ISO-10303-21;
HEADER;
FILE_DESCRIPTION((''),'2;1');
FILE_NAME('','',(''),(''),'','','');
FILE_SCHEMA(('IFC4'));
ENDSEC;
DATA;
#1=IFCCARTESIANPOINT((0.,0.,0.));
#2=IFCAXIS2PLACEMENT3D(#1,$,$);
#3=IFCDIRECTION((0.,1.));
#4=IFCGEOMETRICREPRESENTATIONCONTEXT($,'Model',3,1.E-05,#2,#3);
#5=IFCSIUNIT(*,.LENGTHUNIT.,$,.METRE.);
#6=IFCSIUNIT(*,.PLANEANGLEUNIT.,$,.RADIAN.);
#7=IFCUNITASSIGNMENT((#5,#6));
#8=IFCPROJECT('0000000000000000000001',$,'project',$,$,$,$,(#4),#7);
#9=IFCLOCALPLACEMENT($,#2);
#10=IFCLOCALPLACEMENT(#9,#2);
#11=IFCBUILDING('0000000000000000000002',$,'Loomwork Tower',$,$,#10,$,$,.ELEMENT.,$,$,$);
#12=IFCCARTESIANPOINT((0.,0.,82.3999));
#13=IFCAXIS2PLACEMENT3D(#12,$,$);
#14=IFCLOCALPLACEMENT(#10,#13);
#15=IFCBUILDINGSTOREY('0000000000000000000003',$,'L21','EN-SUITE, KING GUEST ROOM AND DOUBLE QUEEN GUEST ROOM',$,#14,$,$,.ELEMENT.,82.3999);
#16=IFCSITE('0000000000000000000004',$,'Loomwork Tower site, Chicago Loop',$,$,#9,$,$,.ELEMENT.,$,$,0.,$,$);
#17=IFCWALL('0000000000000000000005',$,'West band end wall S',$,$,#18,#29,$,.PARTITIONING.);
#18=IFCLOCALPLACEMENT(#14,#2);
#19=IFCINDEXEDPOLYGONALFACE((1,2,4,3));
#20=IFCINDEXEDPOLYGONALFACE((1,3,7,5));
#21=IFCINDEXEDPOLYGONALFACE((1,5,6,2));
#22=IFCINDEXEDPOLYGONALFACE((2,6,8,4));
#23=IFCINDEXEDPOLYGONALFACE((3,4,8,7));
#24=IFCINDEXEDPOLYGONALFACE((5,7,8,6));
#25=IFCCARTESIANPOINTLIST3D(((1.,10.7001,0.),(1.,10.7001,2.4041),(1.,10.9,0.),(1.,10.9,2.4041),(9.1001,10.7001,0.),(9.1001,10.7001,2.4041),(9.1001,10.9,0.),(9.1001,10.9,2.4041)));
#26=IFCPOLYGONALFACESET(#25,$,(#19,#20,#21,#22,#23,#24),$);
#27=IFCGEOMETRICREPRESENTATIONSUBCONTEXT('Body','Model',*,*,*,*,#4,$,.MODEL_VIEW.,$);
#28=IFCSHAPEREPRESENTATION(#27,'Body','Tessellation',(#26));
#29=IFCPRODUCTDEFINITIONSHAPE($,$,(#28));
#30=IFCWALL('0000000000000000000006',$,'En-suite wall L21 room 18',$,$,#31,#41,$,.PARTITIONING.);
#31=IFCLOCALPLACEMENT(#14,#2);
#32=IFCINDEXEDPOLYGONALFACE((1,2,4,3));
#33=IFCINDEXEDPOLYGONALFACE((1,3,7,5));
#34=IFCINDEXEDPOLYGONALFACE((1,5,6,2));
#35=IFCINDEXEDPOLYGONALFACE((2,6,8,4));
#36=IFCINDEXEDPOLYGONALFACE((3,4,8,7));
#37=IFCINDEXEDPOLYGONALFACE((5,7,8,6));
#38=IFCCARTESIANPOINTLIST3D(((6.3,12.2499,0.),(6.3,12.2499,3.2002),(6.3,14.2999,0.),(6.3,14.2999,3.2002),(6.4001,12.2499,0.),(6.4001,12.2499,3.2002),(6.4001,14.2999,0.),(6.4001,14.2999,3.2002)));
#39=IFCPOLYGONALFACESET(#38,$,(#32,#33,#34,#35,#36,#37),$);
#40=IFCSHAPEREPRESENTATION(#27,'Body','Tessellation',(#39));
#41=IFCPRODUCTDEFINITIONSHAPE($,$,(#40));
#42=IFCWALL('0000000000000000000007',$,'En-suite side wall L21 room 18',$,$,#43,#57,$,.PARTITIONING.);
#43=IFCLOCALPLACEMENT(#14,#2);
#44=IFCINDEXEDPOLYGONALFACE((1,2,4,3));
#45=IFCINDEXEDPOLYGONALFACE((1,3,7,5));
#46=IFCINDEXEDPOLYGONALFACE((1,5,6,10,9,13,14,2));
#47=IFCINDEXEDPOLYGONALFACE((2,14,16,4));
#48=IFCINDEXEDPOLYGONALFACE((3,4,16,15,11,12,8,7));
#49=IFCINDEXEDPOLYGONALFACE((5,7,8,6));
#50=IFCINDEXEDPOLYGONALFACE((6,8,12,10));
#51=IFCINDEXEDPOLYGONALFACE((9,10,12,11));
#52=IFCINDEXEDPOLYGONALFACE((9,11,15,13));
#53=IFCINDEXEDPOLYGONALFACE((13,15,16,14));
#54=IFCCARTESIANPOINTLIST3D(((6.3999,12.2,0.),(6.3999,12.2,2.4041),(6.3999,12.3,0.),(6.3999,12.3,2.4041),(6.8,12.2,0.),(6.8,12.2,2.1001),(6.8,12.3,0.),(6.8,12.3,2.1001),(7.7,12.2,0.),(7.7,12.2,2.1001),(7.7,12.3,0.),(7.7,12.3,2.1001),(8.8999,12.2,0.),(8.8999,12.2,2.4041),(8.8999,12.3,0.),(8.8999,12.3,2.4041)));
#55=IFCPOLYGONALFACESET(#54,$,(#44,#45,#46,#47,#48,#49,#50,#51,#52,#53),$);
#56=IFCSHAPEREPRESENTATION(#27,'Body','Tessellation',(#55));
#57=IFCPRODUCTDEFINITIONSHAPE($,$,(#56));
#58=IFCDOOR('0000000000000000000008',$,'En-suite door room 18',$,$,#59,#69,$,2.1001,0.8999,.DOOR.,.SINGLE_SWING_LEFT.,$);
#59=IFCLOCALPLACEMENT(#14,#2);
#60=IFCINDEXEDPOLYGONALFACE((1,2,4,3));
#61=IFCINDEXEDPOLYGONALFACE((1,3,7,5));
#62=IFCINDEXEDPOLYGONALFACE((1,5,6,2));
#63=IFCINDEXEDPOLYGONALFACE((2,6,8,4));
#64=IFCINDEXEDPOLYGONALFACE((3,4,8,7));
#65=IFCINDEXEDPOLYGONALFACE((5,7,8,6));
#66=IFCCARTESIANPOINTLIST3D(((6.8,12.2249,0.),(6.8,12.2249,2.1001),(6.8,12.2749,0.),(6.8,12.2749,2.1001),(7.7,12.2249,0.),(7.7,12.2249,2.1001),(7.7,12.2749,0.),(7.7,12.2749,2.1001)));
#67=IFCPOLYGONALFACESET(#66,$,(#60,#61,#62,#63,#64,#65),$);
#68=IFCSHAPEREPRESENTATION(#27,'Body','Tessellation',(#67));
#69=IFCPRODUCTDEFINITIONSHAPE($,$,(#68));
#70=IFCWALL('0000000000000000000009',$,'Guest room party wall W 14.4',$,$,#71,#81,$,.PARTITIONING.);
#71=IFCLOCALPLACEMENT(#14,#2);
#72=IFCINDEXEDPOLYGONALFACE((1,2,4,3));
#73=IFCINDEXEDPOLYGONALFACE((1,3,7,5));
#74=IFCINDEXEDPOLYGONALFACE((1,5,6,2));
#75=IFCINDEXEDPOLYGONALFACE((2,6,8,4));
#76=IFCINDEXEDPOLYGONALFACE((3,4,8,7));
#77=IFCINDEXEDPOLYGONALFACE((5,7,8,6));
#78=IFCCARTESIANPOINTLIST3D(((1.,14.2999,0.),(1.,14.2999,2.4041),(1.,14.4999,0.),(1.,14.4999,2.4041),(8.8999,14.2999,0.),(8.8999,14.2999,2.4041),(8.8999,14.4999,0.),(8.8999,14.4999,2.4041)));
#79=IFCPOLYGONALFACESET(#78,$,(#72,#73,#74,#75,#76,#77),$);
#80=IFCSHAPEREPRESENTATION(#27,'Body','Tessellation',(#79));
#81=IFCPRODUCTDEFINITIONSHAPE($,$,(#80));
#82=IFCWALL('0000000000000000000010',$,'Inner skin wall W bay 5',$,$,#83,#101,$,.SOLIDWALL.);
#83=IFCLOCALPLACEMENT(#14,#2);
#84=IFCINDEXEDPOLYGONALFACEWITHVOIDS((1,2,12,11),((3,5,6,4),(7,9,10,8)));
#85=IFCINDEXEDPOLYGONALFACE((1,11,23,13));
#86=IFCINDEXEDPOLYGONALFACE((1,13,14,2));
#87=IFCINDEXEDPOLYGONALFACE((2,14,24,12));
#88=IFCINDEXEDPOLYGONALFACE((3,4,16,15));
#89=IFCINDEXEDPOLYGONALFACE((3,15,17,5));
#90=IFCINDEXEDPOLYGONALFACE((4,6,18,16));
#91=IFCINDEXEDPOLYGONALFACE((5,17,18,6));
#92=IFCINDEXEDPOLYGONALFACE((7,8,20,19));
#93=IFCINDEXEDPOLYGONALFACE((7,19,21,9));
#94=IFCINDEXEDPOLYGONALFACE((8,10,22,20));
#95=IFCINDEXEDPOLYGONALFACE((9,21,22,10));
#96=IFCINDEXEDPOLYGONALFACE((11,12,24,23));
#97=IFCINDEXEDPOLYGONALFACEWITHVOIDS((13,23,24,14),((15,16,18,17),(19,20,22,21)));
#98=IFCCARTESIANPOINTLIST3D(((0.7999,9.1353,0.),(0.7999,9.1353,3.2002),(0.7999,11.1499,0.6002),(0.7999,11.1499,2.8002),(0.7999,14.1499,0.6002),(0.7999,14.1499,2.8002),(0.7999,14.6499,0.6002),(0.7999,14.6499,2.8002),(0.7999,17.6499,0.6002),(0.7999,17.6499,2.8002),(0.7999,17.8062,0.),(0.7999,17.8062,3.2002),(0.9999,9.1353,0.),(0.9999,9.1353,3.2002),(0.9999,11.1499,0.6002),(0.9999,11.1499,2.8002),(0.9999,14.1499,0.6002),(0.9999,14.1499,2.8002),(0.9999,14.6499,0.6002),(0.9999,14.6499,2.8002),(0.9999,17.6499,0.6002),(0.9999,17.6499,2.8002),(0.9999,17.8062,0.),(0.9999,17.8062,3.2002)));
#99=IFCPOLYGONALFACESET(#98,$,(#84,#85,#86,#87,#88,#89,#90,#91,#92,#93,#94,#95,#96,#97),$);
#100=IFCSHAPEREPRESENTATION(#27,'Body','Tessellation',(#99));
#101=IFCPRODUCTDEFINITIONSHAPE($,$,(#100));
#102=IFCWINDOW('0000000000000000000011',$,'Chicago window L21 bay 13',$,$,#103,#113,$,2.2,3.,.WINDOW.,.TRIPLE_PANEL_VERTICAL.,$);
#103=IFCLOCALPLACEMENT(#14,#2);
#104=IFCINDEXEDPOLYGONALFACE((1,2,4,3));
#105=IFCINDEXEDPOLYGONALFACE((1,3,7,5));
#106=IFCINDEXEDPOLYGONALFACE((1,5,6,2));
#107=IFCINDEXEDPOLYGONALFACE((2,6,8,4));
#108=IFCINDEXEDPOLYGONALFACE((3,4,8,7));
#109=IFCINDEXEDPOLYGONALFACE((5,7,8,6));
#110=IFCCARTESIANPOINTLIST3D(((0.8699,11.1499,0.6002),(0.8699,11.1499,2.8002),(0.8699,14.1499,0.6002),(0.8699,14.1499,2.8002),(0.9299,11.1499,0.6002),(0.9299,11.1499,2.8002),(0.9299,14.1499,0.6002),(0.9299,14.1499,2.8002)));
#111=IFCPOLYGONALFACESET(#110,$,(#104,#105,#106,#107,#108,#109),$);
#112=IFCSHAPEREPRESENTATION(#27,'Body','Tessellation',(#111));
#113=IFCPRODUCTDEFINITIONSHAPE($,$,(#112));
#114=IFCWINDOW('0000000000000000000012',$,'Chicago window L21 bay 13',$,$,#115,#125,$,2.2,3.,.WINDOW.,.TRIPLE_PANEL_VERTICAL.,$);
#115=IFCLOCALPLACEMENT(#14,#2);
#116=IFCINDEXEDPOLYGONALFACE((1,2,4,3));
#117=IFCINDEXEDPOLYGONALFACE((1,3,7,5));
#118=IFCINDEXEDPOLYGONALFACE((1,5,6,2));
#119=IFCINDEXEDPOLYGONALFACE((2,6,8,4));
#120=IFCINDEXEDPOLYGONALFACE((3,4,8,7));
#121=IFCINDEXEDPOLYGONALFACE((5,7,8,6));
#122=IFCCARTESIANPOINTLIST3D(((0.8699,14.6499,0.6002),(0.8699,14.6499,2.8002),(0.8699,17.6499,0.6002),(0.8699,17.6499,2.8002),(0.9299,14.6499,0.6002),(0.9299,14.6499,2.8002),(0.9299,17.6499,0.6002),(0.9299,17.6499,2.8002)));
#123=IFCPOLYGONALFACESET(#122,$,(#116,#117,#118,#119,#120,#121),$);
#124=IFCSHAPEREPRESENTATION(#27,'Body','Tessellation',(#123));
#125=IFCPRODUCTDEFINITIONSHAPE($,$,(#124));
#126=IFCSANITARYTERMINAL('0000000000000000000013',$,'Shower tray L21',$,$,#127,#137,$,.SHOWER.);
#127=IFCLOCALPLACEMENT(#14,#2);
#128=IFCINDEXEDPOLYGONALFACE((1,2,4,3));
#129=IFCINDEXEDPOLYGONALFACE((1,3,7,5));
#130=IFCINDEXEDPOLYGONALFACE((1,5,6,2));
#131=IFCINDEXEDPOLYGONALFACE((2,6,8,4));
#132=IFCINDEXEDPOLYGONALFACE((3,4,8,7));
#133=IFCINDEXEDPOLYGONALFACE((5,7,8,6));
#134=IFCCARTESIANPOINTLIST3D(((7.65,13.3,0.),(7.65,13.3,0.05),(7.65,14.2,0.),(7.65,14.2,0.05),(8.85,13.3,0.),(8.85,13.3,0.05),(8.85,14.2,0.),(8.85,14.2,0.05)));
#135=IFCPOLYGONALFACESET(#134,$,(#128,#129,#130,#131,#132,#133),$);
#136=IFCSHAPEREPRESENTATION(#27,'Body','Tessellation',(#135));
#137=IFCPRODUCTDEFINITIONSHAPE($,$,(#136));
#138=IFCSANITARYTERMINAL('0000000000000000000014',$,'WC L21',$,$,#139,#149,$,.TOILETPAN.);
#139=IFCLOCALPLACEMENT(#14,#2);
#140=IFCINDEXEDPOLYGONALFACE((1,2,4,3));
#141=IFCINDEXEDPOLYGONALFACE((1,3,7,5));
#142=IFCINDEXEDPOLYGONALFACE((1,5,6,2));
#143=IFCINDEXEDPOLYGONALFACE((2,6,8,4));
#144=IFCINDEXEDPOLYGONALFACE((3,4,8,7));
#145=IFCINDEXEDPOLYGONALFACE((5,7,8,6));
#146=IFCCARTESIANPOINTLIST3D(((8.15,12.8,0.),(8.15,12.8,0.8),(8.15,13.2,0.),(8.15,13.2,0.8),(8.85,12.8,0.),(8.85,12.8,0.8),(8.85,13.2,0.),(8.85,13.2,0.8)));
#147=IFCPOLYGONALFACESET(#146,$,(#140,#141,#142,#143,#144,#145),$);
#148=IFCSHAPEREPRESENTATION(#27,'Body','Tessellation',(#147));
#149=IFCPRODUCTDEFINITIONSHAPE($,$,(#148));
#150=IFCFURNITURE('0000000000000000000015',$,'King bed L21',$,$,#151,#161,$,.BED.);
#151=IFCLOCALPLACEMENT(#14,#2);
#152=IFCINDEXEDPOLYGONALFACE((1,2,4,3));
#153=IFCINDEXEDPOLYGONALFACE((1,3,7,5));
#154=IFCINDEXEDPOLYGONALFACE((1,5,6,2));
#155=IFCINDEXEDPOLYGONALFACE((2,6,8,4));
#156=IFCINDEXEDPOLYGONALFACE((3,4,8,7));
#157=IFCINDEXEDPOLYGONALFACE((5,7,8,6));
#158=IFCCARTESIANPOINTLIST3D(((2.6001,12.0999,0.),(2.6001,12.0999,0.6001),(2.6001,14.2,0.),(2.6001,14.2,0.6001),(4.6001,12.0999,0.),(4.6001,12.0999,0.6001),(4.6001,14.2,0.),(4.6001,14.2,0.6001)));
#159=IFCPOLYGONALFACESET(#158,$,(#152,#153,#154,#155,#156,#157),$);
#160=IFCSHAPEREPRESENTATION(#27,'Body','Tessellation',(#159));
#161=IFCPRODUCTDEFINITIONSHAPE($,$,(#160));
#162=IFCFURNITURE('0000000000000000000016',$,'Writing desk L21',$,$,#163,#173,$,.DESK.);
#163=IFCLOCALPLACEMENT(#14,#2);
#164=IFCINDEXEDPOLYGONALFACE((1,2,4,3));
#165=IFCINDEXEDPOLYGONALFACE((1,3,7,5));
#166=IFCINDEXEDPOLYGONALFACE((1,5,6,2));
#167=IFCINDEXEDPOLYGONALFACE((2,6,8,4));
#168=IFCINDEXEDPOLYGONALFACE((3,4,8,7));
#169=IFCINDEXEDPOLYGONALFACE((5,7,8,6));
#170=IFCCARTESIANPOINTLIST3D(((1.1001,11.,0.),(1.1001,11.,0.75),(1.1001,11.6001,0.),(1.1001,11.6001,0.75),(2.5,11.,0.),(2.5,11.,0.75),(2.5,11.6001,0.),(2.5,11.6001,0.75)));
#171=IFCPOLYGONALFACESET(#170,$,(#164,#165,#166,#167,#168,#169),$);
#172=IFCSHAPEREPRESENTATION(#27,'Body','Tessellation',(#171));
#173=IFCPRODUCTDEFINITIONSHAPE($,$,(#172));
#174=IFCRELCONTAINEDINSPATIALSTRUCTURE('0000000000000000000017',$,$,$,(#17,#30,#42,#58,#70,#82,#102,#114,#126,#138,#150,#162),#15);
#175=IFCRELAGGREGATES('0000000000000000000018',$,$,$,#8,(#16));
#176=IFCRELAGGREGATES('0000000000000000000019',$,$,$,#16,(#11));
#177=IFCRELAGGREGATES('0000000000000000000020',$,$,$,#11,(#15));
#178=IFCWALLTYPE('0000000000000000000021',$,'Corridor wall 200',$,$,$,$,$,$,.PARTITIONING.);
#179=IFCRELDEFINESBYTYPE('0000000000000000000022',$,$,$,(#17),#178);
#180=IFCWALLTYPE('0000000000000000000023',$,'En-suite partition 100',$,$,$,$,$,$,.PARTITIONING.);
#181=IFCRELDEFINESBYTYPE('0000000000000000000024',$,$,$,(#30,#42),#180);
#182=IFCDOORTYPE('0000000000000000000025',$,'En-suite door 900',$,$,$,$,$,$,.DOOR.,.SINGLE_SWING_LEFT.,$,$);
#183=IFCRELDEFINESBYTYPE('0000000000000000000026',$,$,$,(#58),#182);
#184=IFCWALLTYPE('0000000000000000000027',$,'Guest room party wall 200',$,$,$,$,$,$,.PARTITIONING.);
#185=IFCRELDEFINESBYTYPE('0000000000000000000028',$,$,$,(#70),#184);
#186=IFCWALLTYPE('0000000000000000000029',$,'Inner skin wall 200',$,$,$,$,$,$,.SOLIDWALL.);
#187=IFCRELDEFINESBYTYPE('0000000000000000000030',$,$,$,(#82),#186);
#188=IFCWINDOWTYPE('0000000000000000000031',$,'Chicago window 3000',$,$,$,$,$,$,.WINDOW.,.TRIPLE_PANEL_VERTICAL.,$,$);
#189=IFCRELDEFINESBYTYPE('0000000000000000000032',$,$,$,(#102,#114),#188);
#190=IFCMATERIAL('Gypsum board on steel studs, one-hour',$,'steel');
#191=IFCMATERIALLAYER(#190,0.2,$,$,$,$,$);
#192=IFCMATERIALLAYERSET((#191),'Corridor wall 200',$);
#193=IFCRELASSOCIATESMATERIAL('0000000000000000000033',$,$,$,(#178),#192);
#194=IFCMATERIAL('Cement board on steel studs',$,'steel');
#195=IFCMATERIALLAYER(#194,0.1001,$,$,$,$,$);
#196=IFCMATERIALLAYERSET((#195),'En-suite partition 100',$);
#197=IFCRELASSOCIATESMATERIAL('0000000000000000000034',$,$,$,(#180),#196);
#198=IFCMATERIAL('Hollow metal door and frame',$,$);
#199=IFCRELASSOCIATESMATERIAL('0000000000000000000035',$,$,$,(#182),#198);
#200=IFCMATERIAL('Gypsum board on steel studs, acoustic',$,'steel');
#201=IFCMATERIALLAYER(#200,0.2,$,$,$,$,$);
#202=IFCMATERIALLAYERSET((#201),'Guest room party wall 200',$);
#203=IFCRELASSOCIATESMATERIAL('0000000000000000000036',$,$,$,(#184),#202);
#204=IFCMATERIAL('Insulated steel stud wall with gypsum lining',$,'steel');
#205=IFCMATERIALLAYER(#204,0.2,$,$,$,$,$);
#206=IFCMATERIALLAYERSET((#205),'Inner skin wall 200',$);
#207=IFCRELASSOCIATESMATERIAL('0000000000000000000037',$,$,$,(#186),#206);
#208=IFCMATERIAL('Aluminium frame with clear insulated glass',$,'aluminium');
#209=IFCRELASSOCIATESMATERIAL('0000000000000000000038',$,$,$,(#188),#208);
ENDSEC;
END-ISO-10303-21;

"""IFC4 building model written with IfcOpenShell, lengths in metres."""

from ifc_helpers import new_model, si_unit, direction, frame, frame_2d, origin, origin_2d, place, context, subcontext, project, spatial, rectangle, extrude, material, layer, layer_set, type_object, element, fill, save


model = new_model("IFC4")

# Units and contexts
model_context = context("Model", 3, precision=1e-05, world=origin(), true_north=direction((0.0, 1.0)))
body_context = subcontext(model_context, "Body", "Model", "MODEL_VIEW")
ifc_project = project(units=[si_unit("LENGTHUNIT", "METRE"), si_unit("PLANEANGLEUNIT", "RADIAN")], contexts=[model_context])

# Site, building, storey
site_placement = place(None, origin())
site = spatial("IfcSite", under=ifc_project, at=site_placement, Name="Loomwork Tower site, Chicago Loop", CompositionType="ELEMENT", RefElevation=0.0)
building_placement = place(site_placement, origin())
building = spatial("IfcBuilding", under=site, at=building_placement, Name="Loomwork Tower", CompositionType="ELEMENT")
storey_placement = place(building_placement, frame((0.0, 0.0, 82.3999)))
storey = spatial("IfcBuildingStorey", under=building, at=storey_placement, Name="L21", Description="EN-SUITE, KING GUEST ROOM AND DOUBLE QUEEN GUEST ROOM", CompositionType="ELEMENT", Elevation=82.3999)

# Shared definitions
ifc_material_1 = material(Name="Gypsum board on steel studs, one-hour", Category="steel")
ifc_layer_1 = layer(ifc_material_1, 0.2)
ifc_layer_set_1 = layer_set([ifc_layer_1], Name="Corridor wall 200")
wall_type_1 = type_object("IfcWallType", Name="Corridor wall 200", PredefinedType="PARTITIONING", material=ifc_layer_set_1)

# Walls
wall_1_placement = place(storey_placement, frame((1.0, 10.8, 0.0), z_axis=(0.0, 0.0, 1.0), x_axis=(1.0, 0.0, 0.0)))
element("IfcWall", 1, at=wall_1_placement, inside=storey, type_object=wall_type_1, Name="West band end wall S", PredefinedType="PARTITIONING", context=body_context, shape_type="SweptSolid", body=[
    extrude(rectangle(XDim=8.1001, YDim=0.2, at=frame_2d((4.05, 0.0))), origin(), (0.0, 0.0, 1.0), 2.4041),
])
ifc_material_2 = material(Name="Cement board on steel studs", Category="steel")
ifc_layer_2 = layer(ifc_material_2, 0.1001)
ifc_layer_set_2 = layer_set([ifc_layer_2], Name="En-suite partition 100")
wall_type_2 = type_object("IfcWallType", Name="En-suite partition 100", PredefinedType="PARTITIONING", material=ifc_layer_set_2)
wall_2_placement = place(storey_placement, frame((6.3501, 12.25, 0.0), z_axis=(0.0, 0.0, 1.0), x_axis=(0.0, 1.0, 0.0)))
element("IfcWall", 2, at=wall_2_placement, inside=storey, type_object=wall_type_2, Name="En-suite wall L21 room 18", PredefinedType="PARTITIONING", context=body_context, shape_type="SweptSolid", body=[
    extrude(rectangle(XDim=2.05, YDim=0.1001, at=frame_2d((1.0249, 0.0))), origin(), (0.0, 0.0, 1.0), 3.2002),
])

# Wall, opening, door
wall_3_placement = place(storey_placement, frame((8.8999, 12.25, 0.0), z_axis=(0.0, 0.0, 1.0), x_axis=(-1.0, 0.0, 0.0)))
wall_3 = element("IfcWall", 3, at=wall_3_placement, inside=storey, type_object=wall_type_2, Name="En-suite side wall L21 room 18", PredefinedType="PARTITIONING", context=body_context, shape_type="SweptSolid", body=[
    extrude(rectangle(XDim=2.5, YDim=0.1001, at=frame_2d((1.25, 0.0))), origin(), (0.0, 0.0, 1.0), 2.4041),
])
opening_1_placement = place(wall_3_placement, frame((1.2, 0.0, 0.0)))
opening_1 = element("IfcOpeningElement", 4, at=opening_1_placement, cuts=wall_3, PredefinedType="OPENING", context=body_context, shape_type="SweptSolid", body=[
    extrude(rectangle(XDim=0.8999, YDim=2.1001, at=frame_2d((0.45, 1.05))), frame((0.0, 0.0601, 0.0), z_axis=(0.0, -1.0, 0.0), x_axis=(1.0, 0.0, 0.0)), (0.0, 0.0, 1.0), 0.1201),
])
ifc_material_3 = material(Name="Hollow metal door and frame")
door_type_1 = type_object("IfcDoorType", Name="En-suite door 900", OperationType="SINGLE_SWING_LEFT", PredefinedType="DOOR", material=ifc_material_3)
door_1_placement = place(opening_1_placement, frame((0.8999, 0.0, 0.0), z_axis=(0.0, 0.0, 1.0), x_axis=(-1.0, 0.0, 0.0)))
door_1 = element("IfcDoor", 5, at=door_1_placement, inside=storey, type_object=door_type_1, Name="En-suite door room 18", OperationType="SINGLE_SWING_LEFT", OverallHeight=2.1001, OverallWidth=0.8999, PredefinedType="DOOR", context=body_context, shape_type="SweptSolid", body=[
    extrude(rectangle(XDim=0.8999, YDim=2.1001, at=frame_2d((0.45, 1.05))), frame((0.0, 0.0249, 0.0), z_axis=(0.0, -1.0, 0.0), x_axis=(1.0, 0.0, 0.0)), (0.0, 0.0, 1.0), 0.05),
])
fill(opening_1, door_1)

# Wall
ifc_material_4 = material(Name="Gypsum board on steel studs, acoustic", Category="steel")
ifc_layer_3 = layer(ifc_material_4, 0.2)
ifc_layer_set_3 = layer_set([ifc_layer_3], Name="Guest room party wall 200")
wall_type_3 = type_object("IfcWallType", Name="Guest room party wall 200", PredefinedType="PARTITIONING", material=ifc_layer_set_3)
wall_4_placement = place(storey_placement, frame((8.8999, 14.3999, 0.0), z_axis=(0.0, 0.0, 1.0), x_axis=(-1.0, 0.0, 0.0)))
element("IfcWall", 6, at=wall_4_placement, inside=storey, type_object=wall_type_3, Name="Guest room party wall W 14.4", PredefinedType="PARTITIONING", context=body_context, shape_type="SweptSolid", body=[
    extrude(rectangle(XDim=7.8999, YDim=0.2, at=frame_2d((3.95, 0.0))), origin(), (0.0, 0.0, 1.0), 2.4041),
])

# Wall, openings, windows
ifc_material_5 = material(Name="Insulated steel stud wall with gypsum lining", Category="steel")
ifc_layer_4 = layer(ifc_material_5, 0.2)
ifc_layer_set_4 = layer_set([ifc_layer_4], Name="Inner skin wall 200")
wall_type_4 = type_object("IfcWallType", Name="Inner skin wall 200", PredefinedType="SOLIDWALL", material=ifc_layer_set_4)
wall_5_placement = place(storey_placement, frame((0.8999, 9.1353, 0.0), z_axis=(0.0, 0.0, 1.0), x_axis=(0.0, 1.0, 0.0)))
wall_5 = element("IfcWall", 7, at=wall_5_placement, inside=storey, type_object=wall_type_4, Name="Inner skin wall W bay 5", PredefinedType="SOLIDWALL", context=body_context, shape_type="SweptSolid", body=[
    extrude(rectangle(XDim=8.6709, YDim=0.2, at=frame_2d((4.3354, 0.0))), origin(), (0.0, 0.0, 1.0), 3.2002),
])
opening_2_placement = place(wall_5_placement, frame((2.0146, 0.0, 0.6001)))
opening_2 = element("IfcOpeningElement", 8, at=opening_2_placement, cuts=wall_5, PredefinedType="OPENING", context=body_context, shape_type="SweptSolid", body=[
    extrude(rectangle(XDim=3.0, YDim=2.2, at=frame_2d((1.5, 1.1001))), frame((0.0, 0.1099, 0.0), z_axis=(0.0, -1.0, 0.0), x_axis=(1.0, 0.0, 0.0)), (0.0, 0.0, 1.0), 0.22),
])
opening_3_placement = place(wall_5_placement, frame((5.5146, 0.0, 0.6001)))
opening_3 = element("IfcOpeningElement", 9, at=opening_3_placement, cuts=wall_5, PredefinedType="OPENING", context=body_context, shape_type="SweptSolid", body=[
    extrude(rectangle(XDim=3.0, YDim=2.2, at=frame_2d((1.5, 1.1001))), frame((0.0, 0.1099, 0.0), z_axis=(0.0, -1.0, 0.0), x_axis=(1.0, 0.0, 0.0)), (0.0, 0.0, 1.0), 0.22),
])
ifc_material_6 = material(Name="Aluminium frame with clear insulated glass", Category="aluminium")
window_type = type_object("IfcWindowType", Name="Chicago window 3000", PartitioningType="TRIPLE_PANEL_VERTICAL", PredefinedType="WINDOW", material=ifc_material_6)
window_1_placement = place(opening_2_placement, origin())
window_1 = element("IfcWindow", 10, at=window_1_placement, inside=storey, type_object=window_type, Name="Chicago window L21 bay 13", OverallHeight=2.2, OverallWidth=3.0, PartitioningType="TRIPLE_PANEL_VERTICAL", PredefinedType="WINDOW", context=body_context, shape_type="SweptSolid", body=[
    extrude(rectangle(XDim=3.0, YDim=2.2, at=frame_2d((1.5, 1.1001))), frame((0.0, 0.03, 0.0), z_axis=(0.0, -1.0, 0.0), x_axis=(1.0, 0.0, 0.0)), (0.0, 0.0, 1.0), 0.0601),
])
fill(opening_2, window_1)
window_2_placement = place(opening_3_placement, origin())
window_2 = element("IfcWindow", 11, at=window_2_placement, inside=storey, type_object=window_type, Name="Chicago window L21 bay 13", OverallHeight=2.2, OverallWidth=3.0, PartitioningType="TRIPLE_PANEL_VERTICAL", PredefinedType="WINDOW", context=body_context, shape_type="SweptSolid", body=[
    extrude(rectangle(XDim=3.0, YDim=2.2, at=frame_2d((1.5, 1.1001))), frame((0.0, 0.03, 0.0), z_axis=(0.0, -1.0, 0.0), x_axis=(1.0, 0.0, 0.0)), (0.0, 0.0, 1.0), 0.0601),
])
fill(opening_3, window_2)

# Sanitary terminals
sanitary_terminal_1_placement = place(storey_placement, frame((8.25, 13.75, 0.0), z_axis=(0.0, 0.0, 1.0), x_axis=(1.0, 0.0, 0.0)))
element("IfcSanitaryTerminal", 12, at=sanitary_terminal_1_placement, inside=storey, Name="Shower tray L21", PredefinedType="SHOWER", context=body_context, shape_type="SweptSolid", body=[
    extrude(rectangle(XDim=1.2, YDim=0.8999, at=origin_2d()), origin(), (0.0, 0.0, 1.0), 0.05),
])
sanitary_terminal_2_placement = place(storey_placement, frame((8.5, 13.0, 0.0), z_axis=(0.0, 0.0, 1.0), x_axis=(1.0, 0.0, 0.0)))
element("IfcSanitaryTerminal", 13, at=sanitary_terminal_2_placement, inside=storey, Name="WC L21", PredefinedType="TOILETPAN", context=body_context, shape_type="SweptSolid", body=[
    extrude(rectangle(XDim=0.7, YDim=0.3999, at=origin_2d()), origin(), (0.0, 0.0, 1.0), 0.8),
])

# Furniture
furniture_placement = place(storey_placement, frame((3.6001, 13.1499, 0.0), z_axis=(0.0, 0.0, 1.0), x_axis=(1.0, 0.0, 0.0)))
element("IfcFurniture", 14, at=furniture_placement, inside=storey, Name="King bed L21", PredefinedType="BED", context=body_context, shape_type="SweptSolid", body=[
    extrude(rectangle(XDim=2.0, YDim=2.1001, at=origin_2d()), origin(), (0.0, 0.0, 1.0), 0.6001),
])
for number, where, z_axis, x_axis, name in (
    (15, (1.8, 11.3, 0.0), (0.0, 0.0, 1.0), (1.0, 0.0, 0.0), "Writing desk L21"),
):
    element("IfcFurniture", number, at=place(storey_placement, frame(where, z_axis=z_axis, x_axis=x_axis)), inside=storey, Name=name, PredefinedType="DESK", context=body_context, shape_type="SweptSolid", body=[
        extrude(rectangle(XDim=1.3999, YDim=0.6001, at=origin_2d()), origin(), (0.0, 0.0, 1.0), 0.75),
    ])

save(model, "model.ifc")
